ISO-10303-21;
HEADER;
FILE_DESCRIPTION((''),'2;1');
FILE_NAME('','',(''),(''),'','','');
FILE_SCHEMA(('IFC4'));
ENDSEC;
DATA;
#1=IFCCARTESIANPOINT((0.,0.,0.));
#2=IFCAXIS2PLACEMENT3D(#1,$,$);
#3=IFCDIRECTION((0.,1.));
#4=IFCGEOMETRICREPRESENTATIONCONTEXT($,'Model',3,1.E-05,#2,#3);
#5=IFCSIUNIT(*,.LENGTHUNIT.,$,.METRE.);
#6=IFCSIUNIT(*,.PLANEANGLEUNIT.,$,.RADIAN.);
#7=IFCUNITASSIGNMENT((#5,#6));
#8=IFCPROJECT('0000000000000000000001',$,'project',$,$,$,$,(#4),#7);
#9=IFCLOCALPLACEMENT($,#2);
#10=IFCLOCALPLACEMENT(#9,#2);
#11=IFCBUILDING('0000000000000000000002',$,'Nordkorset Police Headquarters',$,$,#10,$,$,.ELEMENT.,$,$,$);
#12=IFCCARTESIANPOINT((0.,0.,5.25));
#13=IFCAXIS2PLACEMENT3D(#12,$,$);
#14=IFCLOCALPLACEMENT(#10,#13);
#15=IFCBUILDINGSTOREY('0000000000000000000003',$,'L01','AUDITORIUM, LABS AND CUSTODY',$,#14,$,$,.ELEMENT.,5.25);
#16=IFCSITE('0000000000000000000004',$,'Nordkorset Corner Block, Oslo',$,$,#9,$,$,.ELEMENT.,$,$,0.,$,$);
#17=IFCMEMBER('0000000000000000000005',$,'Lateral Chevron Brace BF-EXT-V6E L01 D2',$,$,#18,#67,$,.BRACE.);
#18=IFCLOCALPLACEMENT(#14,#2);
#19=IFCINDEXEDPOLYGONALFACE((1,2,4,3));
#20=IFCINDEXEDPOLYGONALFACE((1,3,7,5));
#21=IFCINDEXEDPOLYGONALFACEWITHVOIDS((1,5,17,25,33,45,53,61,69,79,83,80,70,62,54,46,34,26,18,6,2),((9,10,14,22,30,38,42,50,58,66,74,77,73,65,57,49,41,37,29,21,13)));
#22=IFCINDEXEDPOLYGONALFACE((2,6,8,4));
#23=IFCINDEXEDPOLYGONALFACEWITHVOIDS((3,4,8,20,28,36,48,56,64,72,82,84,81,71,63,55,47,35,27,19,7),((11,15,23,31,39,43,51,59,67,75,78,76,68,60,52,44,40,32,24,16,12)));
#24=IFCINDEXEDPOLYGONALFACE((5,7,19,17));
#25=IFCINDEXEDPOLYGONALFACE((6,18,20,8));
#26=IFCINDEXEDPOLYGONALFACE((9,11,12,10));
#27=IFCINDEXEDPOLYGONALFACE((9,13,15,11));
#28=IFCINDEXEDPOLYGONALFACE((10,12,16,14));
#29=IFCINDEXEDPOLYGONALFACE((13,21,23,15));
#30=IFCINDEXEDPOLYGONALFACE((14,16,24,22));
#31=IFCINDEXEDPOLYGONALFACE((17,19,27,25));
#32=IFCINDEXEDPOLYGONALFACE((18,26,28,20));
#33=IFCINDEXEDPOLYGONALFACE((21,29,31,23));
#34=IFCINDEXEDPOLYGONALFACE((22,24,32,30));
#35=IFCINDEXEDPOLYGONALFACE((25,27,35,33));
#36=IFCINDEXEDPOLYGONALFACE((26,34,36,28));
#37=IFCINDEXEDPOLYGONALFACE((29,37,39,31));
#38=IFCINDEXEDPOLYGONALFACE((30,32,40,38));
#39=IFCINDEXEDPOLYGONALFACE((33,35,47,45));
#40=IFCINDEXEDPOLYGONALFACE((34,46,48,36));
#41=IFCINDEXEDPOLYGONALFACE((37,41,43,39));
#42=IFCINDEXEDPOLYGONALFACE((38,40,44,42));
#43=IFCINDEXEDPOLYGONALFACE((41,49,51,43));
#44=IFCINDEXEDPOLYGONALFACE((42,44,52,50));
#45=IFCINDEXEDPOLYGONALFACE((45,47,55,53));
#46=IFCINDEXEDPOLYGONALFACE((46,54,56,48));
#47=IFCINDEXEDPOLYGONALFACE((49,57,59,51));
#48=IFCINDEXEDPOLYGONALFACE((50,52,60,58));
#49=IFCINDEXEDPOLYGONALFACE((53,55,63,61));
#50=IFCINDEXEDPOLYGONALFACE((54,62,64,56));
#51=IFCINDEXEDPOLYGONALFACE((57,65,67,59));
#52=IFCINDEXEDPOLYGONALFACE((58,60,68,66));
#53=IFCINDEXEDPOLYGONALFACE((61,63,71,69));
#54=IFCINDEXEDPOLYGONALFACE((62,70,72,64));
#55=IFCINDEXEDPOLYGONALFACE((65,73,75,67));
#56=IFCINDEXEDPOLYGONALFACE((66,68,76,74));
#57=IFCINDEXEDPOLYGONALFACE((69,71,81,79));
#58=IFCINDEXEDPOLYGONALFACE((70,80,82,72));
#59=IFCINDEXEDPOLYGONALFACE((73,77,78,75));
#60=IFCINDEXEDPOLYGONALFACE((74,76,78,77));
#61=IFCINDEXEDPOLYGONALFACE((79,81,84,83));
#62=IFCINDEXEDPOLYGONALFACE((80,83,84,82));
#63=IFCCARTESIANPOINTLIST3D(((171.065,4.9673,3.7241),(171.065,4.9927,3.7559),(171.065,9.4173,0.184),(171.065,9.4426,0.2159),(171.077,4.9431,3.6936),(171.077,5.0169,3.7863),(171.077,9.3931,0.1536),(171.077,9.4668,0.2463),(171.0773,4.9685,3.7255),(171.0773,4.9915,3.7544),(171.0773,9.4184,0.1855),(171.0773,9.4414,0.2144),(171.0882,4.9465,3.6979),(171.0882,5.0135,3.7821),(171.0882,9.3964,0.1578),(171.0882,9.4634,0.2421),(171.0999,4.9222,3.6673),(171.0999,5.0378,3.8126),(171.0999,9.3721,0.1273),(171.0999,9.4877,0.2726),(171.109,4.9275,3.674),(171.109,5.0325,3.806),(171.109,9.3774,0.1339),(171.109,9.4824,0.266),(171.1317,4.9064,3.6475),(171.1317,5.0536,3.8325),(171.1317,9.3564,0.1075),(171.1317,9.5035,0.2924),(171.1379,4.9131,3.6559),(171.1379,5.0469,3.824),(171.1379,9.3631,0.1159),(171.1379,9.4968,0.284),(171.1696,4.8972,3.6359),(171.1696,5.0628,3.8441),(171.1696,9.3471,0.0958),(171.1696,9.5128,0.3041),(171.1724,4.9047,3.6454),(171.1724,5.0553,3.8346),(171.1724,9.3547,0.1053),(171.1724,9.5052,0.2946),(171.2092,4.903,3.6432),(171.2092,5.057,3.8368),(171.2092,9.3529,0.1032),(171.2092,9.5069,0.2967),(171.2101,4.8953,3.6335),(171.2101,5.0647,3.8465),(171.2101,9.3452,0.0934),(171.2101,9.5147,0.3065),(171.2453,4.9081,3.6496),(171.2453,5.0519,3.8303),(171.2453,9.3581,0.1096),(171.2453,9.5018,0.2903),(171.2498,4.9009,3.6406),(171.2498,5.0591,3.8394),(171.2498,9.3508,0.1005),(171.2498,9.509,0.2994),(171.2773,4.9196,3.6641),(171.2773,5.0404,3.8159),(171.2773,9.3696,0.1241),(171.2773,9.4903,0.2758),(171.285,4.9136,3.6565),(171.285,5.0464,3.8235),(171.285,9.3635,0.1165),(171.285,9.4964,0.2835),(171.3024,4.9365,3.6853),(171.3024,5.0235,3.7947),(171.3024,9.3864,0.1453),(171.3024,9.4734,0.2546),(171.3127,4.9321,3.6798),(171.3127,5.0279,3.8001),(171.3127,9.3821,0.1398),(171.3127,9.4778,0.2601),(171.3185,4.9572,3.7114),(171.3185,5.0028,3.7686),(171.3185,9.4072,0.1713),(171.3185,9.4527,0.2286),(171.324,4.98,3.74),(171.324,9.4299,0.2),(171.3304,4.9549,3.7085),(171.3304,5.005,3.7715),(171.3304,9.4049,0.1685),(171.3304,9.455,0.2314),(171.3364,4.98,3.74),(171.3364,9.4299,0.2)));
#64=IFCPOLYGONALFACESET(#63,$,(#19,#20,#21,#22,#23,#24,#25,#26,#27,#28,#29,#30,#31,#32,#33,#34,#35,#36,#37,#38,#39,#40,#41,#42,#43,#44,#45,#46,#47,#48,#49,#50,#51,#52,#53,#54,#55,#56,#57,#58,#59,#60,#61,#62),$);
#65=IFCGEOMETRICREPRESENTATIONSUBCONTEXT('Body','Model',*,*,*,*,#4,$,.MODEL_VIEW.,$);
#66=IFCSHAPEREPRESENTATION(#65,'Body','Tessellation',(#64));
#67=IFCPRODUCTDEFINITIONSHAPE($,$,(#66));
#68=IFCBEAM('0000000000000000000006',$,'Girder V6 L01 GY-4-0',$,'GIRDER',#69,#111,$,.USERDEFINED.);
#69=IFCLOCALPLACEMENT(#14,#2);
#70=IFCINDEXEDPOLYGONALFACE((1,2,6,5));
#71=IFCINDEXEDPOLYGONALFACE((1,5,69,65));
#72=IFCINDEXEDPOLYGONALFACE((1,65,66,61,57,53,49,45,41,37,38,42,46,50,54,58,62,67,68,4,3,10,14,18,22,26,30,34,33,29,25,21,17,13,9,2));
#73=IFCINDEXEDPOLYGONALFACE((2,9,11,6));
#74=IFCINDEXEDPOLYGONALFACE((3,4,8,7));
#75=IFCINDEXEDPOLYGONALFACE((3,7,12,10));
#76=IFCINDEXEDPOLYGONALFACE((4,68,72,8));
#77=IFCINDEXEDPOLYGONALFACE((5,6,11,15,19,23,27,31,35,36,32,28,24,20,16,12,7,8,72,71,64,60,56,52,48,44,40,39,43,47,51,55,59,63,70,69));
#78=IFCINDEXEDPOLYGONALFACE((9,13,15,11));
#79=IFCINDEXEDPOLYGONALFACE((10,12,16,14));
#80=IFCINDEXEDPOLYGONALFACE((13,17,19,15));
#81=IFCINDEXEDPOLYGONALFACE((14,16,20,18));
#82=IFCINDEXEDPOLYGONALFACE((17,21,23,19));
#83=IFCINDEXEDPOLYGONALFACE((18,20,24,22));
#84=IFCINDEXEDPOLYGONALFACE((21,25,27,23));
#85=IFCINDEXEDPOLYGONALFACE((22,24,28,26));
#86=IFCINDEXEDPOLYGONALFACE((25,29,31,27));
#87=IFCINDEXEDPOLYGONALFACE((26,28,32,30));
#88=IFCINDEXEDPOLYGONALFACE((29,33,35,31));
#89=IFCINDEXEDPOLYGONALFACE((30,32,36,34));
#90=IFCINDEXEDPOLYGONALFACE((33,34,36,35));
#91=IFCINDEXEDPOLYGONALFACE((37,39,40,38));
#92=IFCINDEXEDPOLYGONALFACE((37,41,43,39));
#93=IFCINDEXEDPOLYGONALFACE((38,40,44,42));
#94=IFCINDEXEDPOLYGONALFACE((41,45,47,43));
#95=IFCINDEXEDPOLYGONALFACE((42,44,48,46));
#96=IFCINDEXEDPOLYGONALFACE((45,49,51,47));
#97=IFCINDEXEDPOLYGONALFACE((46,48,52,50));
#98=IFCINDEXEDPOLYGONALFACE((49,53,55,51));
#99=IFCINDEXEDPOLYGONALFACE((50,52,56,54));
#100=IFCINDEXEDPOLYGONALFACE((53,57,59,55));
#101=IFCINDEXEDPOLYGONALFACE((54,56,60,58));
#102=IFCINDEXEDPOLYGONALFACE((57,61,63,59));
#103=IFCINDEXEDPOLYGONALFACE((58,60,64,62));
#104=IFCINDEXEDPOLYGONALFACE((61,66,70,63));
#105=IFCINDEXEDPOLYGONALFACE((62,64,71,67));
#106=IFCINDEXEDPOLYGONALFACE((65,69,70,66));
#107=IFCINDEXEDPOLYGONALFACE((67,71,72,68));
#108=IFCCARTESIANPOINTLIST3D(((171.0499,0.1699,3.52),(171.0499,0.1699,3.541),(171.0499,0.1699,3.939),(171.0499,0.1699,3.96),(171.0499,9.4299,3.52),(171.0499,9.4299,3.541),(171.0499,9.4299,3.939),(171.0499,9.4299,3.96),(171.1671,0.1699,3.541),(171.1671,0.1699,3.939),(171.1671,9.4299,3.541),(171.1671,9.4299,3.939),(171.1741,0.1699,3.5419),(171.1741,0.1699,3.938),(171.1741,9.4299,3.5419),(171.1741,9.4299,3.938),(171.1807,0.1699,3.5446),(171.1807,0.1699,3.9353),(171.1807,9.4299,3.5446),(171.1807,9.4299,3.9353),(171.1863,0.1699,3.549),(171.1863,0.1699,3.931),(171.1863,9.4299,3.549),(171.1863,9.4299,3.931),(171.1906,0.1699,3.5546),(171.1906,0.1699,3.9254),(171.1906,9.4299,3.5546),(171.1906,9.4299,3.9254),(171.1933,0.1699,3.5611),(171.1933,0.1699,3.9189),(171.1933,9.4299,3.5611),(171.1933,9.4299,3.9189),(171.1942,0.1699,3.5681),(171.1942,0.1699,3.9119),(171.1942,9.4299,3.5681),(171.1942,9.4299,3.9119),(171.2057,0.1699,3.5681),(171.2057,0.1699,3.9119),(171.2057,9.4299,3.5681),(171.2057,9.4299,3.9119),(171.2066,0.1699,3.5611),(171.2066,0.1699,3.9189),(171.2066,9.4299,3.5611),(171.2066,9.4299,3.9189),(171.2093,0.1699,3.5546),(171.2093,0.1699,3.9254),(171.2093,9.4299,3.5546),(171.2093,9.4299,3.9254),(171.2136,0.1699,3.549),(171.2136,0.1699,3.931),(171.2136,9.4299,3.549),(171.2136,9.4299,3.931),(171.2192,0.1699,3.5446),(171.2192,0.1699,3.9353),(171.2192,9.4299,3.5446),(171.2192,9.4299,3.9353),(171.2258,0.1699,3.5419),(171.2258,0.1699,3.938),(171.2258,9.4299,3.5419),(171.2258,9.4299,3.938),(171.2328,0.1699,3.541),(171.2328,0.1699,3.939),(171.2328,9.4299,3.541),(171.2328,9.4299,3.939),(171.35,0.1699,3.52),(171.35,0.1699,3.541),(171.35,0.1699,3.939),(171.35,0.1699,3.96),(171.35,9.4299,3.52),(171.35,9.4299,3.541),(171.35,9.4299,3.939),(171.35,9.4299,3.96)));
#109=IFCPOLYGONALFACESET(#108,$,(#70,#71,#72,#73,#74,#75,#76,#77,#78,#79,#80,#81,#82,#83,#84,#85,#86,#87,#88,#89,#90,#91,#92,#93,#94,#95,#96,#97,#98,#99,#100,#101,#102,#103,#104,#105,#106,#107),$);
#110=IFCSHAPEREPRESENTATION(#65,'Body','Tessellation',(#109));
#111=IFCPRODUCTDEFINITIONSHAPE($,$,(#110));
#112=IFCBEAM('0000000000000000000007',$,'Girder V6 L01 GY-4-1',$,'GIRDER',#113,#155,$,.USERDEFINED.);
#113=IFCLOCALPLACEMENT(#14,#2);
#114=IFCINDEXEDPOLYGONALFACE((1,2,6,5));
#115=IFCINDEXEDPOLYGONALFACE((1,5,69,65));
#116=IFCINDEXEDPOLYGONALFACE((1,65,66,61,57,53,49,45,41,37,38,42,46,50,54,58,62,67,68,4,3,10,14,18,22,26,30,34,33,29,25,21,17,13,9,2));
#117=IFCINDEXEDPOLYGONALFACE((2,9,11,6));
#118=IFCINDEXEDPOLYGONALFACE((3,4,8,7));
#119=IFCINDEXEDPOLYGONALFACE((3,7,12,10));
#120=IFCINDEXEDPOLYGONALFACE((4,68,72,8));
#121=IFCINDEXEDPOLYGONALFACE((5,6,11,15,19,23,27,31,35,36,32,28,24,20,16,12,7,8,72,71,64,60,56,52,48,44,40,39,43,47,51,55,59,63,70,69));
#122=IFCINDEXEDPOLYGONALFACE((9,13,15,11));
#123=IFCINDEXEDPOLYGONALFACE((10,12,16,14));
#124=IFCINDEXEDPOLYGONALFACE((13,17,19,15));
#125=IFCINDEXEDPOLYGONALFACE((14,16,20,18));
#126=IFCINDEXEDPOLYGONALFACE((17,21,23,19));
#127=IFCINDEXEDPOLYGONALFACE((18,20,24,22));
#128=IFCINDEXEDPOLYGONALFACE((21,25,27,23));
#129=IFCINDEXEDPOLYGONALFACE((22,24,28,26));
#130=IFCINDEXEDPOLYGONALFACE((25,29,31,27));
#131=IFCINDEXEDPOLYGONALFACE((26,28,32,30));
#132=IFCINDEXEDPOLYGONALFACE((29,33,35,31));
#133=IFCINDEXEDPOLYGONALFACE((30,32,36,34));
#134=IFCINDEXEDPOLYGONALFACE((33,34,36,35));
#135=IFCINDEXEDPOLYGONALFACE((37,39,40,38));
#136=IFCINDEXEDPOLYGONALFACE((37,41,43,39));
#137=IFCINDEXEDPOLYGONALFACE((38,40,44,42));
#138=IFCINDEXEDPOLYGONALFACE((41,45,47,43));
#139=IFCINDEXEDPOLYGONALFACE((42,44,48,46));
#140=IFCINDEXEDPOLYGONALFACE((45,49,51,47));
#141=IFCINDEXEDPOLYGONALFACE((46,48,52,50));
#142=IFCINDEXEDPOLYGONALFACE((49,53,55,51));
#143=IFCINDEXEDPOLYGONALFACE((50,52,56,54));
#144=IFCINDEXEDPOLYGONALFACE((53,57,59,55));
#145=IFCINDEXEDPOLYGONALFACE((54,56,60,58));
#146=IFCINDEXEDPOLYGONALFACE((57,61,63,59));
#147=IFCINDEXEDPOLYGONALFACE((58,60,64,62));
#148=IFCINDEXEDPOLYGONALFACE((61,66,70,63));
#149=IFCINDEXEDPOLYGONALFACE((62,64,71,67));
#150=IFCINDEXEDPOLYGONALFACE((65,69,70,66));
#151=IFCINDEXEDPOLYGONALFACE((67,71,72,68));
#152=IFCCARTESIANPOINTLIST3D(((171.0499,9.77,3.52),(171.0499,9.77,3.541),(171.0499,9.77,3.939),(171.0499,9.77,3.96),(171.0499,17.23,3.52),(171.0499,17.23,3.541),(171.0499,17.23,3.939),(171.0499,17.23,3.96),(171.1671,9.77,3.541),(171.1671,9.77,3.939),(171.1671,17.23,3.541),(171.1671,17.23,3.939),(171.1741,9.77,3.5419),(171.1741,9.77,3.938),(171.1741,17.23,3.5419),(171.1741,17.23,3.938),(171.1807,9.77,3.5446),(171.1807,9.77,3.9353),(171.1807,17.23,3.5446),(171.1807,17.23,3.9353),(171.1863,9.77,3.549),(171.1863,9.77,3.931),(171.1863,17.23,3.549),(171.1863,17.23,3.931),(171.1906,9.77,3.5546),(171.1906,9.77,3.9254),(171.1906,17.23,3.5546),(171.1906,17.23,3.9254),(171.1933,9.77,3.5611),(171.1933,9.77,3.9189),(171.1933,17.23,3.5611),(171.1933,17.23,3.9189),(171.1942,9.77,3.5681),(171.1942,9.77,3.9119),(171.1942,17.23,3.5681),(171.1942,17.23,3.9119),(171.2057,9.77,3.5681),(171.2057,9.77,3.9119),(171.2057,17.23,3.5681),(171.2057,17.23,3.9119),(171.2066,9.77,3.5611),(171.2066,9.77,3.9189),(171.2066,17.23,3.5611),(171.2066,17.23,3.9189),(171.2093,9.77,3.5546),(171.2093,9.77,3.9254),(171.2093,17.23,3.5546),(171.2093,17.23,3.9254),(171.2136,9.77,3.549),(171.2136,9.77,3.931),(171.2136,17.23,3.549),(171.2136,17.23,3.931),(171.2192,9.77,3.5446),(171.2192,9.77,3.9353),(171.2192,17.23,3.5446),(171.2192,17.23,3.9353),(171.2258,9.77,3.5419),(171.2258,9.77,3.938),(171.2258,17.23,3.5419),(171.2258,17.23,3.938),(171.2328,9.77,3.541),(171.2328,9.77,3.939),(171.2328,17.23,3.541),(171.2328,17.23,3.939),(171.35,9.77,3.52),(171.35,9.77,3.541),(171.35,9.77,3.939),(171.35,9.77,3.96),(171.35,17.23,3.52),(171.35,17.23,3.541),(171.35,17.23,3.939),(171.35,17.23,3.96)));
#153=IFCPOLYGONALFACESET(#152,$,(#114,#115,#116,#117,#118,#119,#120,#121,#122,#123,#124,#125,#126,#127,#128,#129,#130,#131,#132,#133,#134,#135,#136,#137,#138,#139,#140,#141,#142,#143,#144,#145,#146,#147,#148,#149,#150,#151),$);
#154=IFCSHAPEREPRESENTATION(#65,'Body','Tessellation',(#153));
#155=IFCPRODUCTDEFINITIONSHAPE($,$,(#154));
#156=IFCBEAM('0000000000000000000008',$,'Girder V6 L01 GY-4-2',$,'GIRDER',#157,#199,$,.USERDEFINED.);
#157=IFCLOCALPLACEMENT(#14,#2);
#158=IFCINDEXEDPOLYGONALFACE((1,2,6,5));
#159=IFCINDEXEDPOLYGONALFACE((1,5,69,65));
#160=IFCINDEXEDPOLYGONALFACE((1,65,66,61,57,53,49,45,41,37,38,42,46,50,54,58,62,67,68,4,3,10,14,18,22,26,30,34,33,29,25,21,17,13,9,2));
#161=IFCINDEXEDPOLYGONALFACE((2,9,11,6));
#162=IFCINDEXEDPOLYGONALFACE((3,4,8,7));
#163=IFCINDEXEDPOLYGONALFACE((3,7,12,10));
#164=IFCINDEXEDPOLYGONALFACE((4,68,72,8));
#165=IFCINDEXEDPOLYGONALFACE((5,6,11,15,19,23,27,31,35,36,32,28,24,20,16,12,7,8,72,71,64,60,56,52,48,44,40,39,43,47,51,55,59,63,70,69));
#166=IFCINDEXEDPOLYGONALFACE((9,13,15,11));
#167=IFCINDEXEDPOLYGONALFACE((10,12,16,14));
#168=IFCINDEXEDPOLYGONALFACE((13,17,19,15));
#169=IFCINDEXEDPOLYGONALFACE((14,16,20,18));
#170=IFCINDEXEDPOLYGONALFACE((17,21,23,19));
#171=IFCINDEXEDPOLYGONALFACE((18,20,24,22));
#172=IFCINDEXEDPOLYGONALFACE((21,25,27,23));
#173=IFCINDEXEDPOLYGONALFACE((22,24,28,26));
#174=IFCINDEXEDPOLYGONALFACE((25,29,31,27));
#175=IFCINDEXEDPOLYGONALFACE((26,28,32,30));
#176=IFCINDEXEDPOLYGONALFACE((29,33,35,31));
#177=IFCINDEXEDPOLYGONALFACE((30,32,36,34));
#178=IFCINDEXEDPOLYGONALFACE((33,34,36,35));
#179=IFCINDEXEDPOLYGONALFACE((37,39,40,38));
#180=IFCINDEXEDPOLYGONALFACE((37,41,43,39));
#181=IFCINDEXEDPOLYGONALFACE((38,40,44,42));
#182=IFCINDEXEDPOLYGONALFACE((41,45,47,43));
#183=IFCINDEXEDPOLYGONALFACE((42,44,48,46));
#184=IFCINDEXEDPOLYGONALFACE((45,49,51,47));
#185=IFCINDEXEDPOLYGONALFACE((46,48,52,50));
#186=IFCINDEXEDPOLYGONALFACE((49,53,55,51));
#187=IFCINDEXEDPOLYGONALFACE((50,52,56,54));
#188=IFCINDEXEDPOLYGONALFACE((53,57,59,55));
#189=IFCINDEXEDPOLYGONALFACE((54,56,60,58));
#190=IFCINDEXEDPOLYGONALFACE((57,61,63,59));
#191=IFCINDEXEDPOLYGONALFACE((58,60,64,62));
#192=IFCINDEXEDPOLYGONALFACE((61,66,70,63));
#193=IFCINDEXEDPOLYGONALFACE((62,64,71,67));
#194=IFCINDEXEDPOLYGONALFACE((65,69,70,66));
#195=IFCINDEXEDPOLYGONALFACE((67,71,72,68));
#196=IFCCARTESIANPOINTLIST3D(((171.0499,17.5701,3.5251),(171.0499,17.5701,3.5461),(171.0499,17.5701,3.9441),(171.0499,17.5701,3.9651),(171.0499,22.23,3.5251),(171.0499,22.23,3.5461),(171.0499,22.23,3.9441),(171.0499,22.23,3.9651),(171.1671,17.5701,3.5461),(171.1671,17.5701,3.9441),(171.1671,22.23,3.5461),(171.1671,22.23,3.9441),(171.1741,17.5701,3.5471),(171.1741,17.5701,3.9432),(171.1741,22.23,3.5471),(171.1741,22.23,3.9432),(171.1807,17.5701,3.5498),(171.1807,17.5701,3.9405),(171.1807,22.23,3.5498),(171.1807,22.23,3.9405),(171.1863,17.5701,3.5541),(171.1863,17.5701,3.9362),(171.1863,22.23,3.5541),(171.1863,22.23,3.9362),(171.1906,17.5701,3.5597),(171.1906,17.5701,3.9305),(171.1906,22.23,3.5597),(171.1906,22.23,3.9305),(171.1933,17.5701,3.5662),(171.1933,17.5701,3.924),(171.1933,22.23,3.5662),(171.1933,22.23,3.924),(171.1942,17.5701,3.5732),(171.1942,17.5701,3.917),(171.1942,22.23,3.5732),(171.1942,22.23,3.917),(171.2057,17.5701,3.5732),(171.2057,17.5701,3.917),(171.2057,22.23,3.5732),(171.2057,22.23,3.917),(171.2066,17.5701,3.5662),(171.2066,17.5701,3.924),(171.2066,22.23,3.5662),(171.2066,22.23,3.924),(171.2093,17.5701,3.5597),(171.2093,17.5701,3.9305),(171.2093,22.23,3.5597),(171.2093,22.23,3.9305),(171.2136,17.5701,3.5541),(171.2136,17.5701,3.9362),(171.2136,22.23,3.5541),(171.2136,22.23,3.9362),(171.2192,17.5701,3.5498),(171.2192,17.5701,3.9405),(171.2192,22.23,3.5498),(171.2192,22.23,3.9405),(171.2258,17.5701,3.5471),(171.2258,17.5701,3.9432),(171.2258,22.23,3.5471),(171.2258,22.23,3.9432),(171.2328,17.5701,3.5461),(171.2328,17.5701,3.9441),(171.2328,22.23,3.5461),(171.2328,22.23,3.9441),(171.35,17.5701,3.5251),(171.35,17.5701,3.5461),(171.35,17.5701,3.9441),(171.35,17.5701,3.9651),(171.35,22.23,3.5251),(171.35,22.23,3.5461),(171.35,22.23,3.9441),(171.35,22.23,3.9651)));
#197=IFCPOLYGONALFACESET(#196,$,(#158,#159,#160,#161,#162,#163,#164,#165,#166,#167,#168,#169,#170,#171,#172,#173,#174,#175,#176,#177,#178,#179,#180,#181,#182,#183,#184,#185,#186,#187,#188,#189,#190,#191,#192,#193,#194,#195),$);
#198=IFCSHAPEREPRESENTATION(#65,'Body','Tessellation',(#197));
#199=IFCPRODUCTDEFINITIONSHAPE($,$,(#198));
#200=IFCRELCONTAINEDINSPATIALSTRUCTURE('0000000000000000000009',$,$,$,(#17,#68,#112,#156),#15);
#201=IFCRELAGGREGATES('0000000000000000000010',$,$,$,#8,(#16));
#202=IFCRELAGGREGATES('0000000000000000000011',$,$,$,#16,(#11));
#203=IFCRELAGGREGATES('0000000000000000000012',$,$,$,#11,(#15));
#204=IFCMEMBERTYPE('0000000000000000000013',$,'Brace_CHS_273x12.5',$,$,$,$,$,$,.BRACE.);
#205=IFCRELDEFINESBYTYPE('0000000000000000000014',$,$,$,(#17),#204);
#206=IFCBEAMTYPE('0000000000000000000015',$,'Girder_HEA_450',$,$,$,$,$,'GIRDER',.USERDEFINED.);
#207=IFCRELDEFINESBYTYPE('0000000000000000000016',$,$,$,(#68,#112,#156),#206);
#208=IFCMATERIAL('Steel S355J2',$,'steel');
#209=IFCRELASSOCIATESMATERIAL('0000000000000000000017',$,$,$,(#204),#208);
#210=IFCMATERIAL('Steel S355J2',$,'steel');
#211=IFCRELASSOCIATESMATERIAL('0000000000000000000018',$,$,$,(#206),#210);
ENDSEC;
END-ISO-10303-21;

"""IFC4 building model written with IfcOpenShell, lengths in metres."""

from ifc_helpers import new_model, si_unit, direction, frame, origin, origin_2d, place, context, subcontext, project, spatial, hollow_circle, i_section, extrude, material, material_profile, profile_set, type_object, element, save


model = new_model("IFC4")

# Units and contexts
model_context = context("Model", 3, precision=1e-05, world=origin(), true_north=direction((0.0, 1.0)))
body_context = subcontext(model_context, "Body", "Model", "MODEL_VIEW")
ifc_project = project(units=[si_unit("LENGTHUNIT", "METRE"), si_unit("PLANEANGLEUNIT", "RADIAN")], contexts=[model_context])

# Site, building, storey
site_placement = place(None, origin())
site = spatial("IfcSite", under=ifc_project, at=site_placement, Name="Nordkorset Corner Block, Oslo", CompositionType="ELEMENT", RefElevation=0.0)
building_placement = place(site_placement, origin())
building = spatial("IfcBuilding", under=site, at=building_placement, Name="Nordkorset Police Headquarters", CompositionType="ELEMENT")
storey_placement = place(building_placement, frame((0.0, 0.0, 5.25)))
storey = spatial("IfcBuildingStorey", under=building, at=storey_placement, Name="L01", Description="AUDITORIUM, LABS AND CUSTODY", CompositionType="ELEMENT", Elevation=5.25)

# Member
ifc_material_1 = material(Name="Steel S355J2", Category="steel")
ifc_material_profile_1 = material_profile(ifc_material_1, hollow_circle(Radius=0.1365, WallThickness=0.0125, at=origin_2d()), Name="CHS 273x12.5")
ifc_profile_set_1 = profile_set([ifc_material_profile_1], Name="Steel S355J2")
member_type = type_object("IfcMemberType", Name="Brace_CHS_273x12.5", PredefinedType="BRACE", material=ifc_profile_set_1)
member_1_placement = place(storey_placement, frame((171.2, 9.4299, 0.2), z_axis=(0.0, -0.782575, 0.622556), x_axis=(1.0, 0.0, 0.0)))
element("IfcMember", 1, at=member_1_placement, inside=storey, type_object=member_type, Name="Lateral Chevron Brace BF-EXT-V6E L01 D2", PredefinedType="BRACE", context=body_context, shape_type="SweptSolid", body=[
    extrude(hollow_circle(Radius=0.1365, WallThickness=0.0125, at=origin_2d()), origin(), (0.0, 0.0, 1.0), 5.6863),
])

# Beams
ifc_material_2 = material(Name="Steel S355J2", Category="steel")
ifc_material_profile_2 = material_profile(ifc_material_2, i_section(OverallWidth=0.3, OverallDepth=0.4399, WebThickness=0.0115, FlangeThickness=0.021, FilletRadius=0.0271, at=origin_2d()), Name="HEA 450")
ifc_profile_set_2 = profile_set([ifc_material_profile_2], Name="Steel S355J2")
beam_type_1 = type_object("IfcBeamType", Name="Girder_HEA_450", ElementType="GIRDER", PredefinedType="USERDEFINED", material=ifc_profile_set_2)
beam_1_placement = place(storey_placement, frame((171.2, 0.1699, 3.74), z_axis=(0.0, 1.0, 0.0), x_axis=(-1.0, 0.0, 0.0)))
element("IfcBeam", 2, at=beam_1_placement, inside=storey, type_object=beam_type_1, Name="Girder V6 L01 GY-4-0", ObjectType="GIRDER", PredefinedType="USERDEFINED", context=body_context, shape_type="SweptSolid", body=[
    extrude(i_section(OverallWidth=0.3, OverallDepth=0.4399, WebThickness=0.0115, FlangeThickness=0.021, FilletRadius=0.0271, at=origin_2d()), origin(), (0.0, 0.0, 1.0), 9.26),
])
beam_2_placement = place(storey_placement, frame((171.2, 9.77, 3.74), z_axis=(0.0, 1.0, 0.0), x_axis=(-1.0, 0.0, 0.0)))
element("IfcBeam", 3, at=beam_2_placement, inside=storey, type_object=beam_type_1, Name="Girder V6 L01 GY-4-1", ObjectType="GIRDER", PredefinedType="USERDEFINED", context=body_context, shape_type="SweptSolid", body=[
    extrude(i_section(OverallWidth=0.3, OverallDepth=0.4399, WebThickness=0.0115, FlangeThickness=0.021, FilletRadius=0.0271, at=origin_2d()), origin(), (0.0, 0.0, 1.0), 7.46),
])
beam_3_placement = place(storey_placement, frame((171.2, 17.5701, 3.7451), z_axis=(0.0, 1.0, 0.0), x_axis=(-1.0, 0.0, 0.0)))
element("IfcBeam", 4, at=beam_3_placement, inside=storey, type_object=beam_type_1, Name="Girder V6 L01 GY-4-2", ObjectType="GIRDER", PredefinedType="USERDEFINED", context=body_context, shape_type="SweptSolid", body=[
    extrude(i_section(OverallWidth=0.3, OverallDepth=0.4399, WebThickness=0.0115, FlangeThickness=0.021, FilletRadius=0.0271, at=origin_2d()), origin(), (0.0, 0.0, 1.0), 4.6599),
])

save(model, "model.ifc")
